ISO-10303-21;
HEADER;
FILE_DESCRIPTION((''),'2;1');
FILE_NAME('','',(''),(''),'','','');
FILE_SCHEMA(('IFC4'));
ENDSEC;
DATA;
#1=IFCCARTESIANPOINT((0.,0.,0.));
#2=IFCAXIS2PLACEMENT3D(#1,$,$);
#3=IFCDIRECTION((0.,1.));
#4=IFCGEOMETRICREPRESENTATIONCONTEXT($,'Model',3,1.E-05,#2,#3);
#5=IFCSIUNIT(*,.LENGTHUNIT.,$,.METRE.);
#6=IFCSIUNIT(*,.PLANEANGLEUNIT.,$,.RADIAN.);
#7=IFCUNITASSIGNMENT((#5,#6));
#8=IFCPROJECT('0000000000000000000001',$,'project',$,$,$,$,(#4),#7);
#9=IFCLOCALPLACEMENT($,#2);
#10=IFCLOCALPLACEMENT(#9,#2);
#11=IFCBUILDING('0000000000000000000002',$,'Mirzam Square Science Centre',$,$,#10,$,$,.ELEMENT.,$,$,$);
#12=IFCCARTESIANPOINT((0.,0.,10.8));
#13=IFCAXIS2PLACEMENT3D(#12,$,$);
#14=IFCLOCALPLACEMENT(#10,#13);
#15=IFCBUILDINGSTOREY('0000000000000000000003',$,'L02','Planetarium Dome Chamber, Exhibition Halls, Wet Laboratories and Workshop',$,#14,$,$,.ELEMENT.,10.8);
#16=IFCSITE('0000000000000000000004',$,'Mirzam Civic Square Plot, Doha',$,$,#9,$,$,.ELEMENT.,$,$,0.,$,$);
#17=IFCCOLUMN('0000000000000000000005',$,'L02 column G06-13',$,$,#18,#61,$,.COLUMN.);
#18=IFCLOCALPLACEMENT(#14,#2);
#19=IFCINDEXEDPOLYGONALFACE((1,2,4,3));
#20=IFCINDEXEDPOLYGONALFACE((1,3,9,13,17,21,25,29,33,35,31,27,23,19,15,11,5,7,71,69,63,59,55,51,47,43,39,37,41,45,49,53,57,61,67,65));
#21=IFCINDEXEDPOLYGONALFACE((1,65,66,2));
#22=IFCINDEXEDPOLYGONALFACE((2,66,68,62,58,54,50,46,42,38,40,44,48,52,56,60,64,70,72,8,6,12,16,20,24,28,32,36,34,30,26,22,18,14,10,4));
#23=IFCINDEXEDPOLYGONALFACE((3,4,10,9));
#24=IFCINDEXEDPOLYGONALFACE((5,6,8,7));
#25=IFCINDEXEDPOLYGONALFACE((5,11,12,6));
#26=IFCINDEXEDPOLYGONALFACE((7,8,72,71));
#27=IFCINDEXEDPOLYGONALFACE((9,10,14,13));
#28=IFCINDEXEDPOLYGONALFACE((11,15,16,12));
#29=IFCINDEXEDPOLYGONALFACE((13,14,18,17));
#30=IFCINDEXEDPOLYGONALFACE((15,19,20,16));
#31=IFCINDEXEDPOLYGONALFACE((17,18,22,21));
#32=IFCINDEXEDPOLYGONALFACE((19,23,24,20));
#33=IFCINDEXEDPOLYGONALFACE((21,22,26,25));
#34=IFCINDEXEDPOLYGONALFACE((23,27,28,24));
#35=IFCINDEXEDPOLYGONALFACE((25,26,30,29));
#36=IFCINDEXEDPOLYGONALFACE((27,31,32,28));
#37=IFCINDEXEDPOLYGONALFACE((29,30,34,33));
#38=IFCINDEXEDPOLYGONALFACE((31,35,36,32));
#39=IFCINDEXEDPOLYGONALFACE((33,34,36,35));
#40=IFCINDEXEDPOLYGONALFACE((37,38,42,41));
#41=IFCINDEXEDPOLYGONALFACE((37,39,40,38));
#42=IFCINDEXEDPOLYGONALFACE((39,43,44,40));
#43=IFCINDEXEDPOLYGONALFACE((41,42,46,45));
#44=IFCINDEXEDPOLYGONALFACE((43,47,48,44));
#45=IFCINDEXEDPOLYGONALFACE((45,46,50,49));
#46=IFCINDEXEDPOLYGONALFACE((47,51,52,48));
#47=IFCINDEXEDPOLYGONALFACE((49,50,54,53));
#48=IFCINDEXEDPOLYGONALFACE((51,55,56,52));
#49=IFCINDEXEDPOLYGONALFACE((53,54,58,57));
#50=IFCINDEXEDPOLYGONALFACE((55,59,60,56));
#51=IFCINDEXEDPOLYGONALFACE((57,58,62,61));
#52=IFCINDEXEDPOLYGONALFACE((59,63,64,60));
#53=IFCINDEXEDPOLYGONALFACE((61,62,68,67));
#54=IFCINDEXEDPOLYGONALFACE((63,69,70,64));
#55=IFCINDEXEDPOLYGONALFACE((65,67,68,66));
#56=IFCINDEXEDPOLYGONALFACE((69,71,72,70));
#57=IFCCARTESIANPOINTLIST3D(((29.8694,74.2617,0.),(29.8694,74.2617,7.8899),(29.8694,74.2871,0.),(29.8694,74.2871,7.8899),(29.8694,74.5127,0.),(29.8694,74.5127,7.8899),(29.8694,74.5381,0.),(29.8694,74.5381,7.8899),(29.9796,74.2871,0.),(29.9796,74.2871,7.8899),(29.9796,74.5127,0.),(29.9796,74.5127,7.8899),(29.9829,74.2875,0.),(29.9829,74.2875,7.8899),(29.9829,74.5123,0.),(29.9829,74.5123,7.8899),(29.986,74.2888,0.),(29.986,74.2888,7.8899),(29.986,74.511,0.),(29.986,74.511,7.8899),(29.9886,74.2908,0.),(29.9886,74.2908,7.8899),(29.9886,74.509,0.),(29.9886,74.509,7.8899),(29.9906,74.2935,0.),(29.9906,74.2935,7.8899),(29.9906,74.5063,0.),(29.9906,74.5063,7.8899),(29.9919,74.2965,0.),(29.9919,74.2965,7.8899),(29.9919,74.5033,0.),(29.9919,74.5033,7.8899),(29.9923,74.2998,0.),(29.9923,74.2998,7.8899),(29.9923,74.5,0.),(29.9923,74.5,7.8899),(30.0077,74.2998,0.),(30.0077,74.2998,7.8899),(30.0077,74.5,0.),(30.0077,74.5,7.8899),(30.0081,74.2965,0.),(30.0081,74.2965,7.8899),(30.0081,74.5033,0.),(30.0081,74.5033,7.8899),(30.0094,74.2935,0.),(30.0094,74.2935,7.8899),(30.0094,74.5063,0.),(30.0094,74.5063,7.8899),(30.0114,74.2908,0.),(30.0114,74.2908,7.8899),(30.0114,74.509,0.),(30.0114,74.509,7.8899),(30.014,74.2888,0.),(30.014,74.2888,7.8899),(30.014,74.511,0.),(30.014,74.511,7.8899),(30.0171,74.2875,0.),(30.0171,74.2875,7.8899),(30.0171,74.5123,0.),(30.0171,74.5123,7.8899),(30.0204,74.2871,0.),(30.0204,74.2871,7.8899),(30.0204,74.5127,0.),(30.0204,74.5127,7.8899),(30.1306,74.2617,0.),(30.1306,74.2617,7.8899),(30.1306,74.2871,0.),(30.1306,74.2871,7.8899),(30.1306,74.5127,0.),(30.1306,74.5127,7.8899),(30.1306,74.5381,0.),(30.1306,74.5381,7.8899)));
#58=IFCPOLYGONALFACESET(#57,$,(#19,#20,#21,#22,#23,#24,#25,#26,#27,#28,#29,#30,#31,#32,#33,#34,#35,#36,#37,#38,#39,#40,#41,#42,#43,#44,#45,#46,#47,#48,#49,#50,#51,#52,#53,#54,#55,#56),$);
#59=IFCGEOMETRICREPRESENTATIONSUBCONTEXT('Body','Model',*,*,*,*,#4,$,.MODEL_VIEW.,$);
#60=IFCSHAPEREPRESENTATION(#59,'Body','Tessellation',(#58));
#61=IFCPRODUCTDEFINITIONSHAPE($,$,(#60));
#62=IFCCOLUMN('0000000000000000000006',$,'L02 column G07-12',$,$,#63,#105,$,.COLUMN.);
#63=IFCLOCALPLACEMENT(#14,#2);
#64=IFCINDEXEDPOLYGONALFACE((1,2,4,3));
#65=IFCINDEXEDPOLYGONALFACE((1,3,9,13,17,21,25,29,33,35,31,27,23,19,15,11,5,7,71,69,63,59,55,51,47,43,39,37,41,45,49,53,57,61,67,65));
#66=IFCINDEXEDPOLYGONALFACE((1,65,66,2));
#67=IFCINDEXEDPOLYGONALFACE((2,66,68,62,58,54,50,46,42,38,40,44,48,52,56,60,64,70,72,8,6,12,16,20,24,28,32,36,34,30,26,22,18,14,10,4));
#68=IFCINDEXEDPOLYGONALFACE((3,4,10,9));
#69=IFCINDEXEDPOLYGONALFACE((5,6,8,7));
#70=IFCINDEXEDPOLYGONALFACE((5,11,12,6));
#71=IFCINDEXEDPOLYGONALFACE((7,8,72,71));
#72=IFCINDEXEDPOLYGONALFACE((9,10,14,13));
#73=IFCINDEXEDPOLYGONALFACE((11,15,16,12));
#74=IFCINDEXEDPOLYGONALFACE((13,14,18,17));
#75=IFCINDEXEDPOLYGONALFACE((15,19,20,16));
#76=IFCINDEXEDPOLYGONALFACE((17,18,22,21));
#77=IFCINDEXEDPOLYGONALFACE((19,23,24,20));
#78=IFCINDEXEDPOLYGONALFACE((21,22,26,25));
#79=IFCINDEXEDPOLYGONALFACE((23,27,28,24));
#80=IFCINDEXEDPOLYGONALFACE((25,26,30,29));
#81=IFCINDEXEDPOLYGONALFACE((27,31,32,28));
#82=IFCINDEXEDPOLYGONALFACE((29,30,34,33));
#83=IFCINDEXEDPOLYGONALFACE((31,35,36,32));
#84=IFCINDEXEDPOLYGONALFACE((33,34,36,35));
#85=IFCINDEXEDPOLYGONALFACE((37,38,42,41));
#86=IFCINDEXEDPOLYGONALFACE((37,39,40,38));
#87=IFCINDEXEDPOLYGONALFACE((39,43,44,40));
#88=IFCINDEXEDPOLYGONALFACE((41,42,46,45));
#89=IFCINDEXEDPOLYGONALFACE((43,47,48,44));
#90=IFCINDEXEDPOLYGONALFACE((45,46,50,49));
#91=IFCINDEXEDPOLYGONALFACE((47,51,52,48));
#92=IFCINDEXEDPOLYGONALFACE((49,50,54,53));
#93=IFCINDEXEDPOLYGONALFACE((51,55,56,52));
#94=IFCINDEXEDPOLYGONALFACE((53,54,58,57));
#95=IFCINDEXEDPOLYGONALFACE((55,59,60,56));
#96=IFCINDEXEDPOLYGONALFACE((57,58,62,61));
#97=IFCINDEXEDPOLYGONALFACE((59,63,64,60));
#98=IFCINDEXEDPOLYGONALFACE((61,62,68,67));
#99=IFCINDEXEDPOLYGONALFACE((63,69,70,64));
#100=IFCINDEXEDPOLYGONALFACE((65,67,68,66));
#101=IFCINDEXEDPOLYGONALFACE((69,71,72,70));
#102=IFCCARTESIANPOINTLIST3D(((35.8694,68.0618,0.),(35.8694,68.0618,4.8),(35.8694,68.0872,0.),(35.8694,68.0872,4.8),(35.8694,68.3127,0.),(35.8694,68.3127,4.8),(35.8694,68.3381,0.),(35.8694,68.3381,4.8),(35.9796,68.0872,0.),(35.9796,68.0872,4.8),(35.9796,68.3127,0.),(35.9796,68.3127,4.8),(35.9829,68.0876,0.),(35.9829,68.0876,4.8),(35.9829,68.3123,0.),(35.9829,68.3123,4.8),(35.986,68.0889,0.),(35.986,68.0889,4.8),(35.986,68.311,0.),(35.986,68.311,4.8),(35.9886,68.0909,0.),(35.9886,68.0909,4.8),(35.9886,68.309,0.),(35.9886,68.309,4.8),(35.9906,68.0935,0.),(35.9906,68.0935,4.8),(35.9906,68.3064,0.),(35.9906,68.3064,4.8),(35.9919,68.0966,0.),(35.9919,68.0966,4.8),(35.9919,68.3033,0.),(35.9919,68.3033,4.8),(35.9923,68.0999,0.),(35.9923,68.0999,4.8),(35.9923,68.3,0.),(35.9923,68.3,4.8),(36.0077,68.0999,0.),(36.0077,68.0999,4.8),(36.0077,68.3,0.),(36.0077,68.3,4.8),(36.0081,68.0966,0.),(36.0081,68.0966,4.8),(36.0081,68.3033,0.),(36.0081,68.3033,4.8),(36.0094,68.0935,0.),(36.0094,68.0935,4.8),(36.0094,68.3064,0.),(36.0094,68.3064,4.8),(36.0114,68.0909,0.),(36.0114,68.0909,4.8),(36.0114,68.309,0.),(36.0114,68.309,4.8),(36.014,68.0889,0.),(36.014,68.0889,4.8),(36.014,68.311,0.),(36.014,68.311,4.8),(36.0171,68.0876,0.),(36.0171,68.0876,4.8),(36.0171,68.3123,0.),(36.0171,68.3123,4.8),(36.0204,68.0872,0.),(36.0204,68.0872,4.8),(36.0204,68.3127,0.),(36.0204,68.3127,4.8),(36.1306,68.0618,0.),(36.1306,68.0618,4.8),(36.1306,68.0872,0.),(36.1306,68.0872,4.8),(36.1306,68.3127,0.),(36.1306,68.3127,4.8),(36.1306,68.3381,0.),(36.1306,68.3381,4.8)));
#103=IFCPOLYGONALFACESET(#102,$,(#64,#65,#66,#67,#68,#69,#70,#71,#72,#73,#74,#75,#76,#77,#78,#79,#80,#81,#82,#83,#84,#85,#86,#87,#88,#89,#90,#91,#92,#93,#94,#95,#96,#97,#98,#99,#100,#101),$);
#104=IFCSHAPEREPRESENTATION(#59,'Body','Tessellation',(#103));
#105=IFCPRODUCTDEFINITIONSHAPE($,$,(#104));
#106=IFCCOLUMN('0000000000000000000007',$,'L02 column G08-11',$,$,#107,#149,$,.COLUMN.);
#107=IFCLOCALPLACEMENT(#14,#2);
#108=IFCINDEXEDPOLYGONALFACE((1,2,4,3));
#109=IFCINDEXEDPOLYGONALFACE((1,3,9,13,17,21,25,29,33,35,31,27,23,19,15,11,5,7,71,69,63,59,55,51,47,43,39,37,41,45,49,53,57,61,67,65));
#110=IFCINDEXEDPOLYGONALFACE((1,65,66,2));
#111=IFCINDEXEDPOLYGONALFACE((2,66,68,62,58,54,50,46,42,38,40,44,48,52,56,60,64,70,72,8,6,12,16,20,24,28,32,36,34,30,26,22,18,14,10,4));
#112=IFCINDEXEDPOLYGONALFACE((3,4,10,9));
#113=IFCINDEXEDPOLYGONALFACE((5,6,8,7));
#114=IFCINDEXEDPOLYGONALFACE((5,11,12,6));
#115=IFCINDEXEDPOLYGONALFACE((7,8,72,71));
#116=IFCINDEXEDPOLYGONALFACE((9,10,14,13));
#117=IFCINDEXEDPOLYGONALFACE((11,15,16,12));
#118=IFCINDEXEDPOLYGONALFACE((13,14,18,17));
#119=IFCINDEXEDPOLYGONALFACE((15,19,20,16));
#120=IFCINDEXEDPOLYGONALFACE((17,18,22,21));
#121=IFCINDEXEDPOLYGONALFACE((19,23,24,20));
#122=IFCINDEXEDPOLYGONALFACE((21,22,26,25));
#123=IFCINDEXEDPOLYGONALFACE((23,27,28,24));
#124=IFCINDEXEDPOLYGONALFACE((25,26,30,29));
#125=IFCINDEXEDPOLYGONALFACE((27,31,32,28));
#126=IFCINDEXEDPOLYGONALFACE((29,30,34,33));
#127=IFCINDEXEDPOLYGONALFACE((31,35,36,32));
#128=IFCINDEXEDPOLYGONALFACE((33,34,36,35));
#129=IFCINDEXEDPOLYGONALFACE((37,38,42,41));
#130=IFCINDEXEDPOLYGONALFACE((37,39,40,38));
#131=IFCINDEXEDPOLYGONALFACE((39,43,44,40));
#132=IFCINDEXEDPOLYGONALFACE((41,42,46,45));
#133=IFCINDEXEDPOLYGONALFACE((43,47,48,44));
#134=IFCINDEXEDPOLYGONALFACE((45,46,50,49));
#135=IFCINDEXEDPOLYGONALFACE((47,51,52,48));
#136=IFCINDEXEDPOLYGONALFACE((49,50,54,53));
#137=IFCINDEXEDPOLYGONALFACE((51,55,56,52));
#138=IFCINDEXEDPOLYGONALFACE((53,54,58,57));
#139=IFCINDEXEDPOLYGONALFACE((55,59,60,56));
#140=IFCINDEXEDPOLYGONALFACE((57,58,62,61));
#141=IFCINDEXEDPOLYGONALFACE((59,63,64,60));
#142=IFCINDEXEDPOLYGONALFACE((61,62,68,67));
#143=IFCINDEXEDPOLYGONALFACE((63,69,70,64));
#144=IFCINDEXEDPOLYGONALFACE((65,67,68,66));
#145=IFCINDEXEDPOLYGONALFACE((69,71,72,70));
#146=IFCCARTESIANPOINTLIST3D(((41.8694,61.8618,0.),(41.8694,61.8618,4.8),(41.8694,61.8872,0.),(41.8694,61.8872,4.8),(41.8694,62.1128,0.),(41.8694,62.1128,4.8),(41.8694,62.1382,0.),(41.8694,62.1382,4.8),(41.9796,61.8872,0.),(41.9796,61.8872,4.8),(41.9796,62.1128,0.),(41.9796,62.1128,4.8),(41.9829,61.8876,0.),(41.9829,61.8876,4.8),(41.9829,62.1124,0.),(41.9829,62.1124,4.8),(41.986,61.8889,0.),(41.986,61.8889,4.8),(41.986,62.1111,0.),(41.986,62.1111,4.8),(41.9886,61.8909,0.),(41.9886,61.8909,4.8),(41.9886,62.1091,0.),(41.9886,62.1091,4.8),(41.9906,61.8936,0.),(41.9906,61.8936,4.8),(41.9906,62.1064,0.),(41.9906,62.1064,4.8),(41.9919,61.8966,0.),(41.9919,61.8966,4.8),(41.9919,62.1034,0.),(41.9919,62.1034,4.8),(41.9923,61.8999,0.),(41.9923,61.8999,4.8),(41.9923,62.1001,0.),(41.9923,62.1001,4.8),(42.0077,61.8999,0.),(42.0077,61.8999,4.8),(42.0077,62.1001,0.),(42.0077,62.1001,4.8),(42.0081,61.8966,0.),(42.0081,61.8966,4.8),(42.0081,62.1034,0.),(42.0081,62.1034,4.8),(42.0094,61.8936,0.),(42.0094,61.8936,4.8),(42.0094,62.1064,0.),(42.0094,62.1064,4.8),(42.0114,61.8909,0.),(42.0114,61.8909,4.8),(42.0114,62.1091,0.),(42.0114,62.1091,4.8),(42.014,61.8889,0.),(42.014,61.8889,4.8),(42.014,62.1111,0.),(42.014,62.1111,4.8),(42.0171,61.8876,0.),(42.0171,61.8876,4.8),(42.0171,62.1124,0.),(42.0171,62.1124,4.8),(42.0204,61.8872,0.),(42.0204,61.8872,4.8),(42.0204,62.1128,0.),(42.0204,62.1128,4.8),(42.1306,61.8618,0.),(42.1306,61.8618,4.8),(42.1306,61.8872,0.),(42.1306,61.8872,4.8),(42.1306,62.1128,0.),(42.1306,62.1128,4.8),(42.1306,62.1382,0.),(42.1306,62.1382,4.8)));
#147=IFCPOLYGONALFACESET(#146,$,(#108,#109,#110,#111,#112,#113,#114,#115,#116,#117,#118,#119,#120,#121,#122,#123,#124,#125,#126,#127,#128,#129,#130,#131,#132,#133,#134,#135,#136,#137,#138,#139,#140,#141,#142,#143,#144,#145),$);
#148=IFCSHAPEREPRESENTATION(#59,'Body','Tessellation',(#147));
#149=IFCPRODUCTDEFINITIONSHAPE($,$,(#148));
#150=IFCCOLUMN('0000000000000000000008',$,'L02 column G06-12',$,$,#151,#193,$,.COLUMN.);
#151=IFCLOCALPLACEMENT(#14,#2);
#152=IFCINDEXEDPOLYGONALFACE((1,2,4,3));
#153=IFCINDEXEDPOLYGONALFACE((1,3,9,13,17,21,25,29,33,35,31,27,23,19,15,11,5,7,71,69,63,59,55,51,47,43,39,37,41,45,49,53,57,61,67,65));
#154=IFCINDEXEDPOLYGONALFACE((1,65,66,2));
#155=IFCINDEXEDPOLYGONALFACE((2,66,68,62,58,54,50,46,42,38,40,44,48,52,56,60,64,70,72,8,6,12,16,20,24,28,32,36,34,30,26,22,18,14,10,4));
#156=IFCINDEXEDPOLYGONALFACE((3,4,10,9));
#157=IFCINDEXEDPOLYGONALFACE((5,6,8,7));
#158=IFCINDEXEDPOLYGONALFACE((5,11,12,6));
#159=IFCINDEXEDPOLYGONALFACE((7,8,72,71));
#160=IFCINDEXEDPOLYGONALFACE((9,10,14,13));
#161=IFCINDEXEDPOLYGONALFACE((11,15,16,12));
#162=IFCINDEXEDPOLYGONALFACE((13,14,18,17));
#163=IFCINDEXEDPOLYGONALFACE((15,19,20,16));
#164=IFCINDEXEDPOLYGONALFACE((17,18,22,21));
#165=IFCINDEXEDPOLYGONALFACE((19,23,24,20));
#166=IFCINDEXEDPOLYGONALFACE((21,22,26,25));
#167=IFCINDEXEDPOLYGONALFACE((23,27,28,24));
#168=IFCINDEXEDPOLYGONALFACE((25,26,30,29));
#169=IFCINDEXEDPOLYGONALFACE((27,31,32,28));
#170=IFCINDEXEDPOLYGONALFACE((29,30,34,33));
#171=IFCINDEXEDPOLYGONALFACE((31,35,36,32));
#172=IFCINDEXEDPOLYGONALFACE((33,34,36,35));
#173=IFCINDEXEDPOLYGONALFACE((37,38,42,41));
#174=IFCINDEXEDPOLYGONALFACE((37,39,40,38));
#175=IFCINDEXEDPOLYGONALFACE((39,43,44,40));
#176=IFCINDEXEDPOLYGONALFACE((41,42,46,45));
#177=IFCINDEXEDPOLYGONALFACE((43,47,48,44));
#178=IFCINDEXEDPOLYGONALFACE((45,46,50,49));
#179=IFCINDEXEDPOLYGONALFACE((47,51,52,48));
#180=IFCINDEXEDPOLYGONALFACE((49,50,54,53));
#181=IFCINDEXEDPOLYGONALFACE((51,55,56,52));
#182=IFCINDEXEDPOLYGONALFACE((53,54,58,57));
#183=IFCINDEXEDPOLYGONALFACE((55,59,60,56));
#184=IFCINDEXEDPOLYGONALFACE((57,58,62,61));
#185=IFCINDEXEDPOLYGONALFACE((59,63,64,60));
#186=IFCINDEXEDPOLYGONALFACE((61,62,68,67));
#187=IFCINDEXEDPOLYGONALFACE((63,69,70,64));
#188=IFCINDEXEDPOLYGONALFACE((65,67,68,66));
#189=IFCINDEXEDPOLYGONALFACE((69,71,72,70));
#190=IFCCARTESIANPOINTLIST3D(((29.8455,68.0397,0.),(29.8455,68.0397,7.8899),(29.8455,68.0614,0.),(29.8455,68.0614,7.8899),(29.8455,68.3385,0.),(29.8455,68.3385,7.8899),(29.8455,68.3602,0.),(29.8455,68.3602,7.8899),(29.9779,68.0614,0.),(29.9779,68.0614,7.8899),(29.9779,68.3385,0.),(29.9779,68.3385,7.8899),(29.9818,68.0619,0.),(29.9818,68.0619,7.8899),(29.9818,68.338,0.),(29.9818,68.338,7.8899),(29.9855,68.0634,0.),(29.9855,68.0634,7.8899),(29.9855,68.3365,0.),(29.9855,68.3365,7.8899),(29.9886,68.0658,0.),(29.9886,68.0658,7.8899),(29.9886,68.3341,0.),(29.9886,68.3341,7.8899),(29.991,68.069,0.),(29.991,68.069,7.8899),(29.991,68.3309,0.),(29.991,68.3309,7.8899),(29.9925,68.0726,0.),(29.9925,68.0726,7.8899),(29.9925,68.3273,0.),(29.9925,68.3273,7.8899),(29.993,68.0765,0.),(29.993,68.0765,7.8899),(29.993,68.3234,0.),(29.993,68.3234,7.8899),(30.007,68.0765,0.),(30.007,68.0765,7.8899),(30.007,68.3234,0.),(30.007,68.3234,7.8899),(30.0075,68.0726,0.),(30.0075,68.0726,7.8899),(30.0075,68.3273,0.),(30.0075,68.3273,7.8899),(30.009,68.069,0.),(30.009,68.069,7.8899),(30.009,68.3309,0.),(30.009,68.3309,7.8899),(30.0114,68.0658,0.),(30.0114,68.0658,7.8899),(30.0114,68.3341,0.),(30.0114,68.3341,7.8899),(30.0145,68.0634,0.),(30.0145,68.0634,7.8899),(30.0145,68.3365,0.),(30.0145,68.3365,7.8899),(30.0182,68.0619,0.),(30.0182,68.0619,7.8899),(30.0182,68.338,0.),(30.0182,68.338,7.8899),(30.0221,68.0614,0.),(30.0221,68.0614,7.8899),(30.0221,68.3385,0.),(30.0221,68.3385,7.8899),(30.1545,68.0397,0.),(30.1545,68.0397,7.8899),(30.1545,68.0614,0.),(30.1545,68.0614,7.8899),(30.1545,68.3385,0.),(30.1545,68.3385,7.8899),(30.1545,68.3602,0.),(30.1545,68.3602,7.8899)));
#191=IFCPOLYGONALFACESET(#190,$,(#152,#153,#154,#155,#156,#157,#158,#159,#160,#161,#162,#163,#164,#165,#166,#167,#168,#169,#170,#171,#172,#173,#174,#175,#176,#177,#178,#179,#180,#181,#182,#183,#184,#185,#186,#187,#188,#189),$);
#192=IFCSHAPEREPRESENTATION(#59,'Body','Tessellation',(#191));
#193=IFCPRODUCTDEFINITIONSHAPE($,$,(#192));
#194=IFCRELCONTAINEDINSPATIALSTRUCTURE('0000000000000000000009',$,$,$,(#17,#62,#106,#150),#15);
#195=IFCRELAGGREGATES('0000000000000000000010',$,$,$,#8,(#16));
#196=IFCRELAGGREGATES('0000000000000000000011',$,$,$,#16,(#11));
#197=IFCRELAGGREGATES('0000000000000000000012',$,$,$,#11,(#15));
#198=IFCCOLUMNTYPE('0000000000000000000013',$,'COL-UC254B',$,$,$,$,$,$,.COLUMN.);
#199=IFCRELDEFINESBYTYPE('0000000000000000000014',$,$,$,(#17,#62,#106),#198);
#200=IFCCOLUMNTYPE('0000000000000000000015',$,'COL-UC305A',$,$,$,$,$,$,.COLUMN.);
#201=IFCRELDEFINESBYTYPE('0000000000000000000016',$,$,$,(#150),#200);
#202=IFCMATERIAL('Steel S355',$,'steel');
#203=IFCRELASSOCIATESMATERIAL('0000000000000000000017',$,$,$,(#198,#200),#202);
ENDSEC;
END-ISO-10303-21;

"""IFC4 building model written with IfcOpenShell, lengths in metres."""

from ifc_helpers import new_model, si_unit, direction, frame, origin, origin_2d, place, context, subcontext, project, spatial, i_section, extrude, material, material_profile, profile_set, type_object, element, save


model = new_model("IFC4")

# Units and contexts
model_context = context("Model", 3, precision=1e-05, world=origin(), true_north=direction((0.0, 1.0)))
body_context = subcontext(model_context, "Body", "Model", "MODEL_VIEW")
ifc_project = project(units=[si_unit("LENGTHUNIT", "METRE"), si_unit("PLANEANGLEUNIT", "RADIAN")], contexts=[model_context])

# Site, building, storey
site_placement = place(None, origin())
site = spatial("IfcSite", under=ifc_project, at=site_placement, Name="Mirzam Civic Square Plot, Doha", CompositionType="ELEMENT", RefElevation=0.0)
building_placement = place(site_placement, origin())
building = spatial("IfcBuilding", under=site, at=building_placement, Name="Mirzam Square Science Centre", CompositionType="ELEMENT")
storey_placement = place(building_placement, frame((0.0, 0.0, 10.8)))
storey = spatial("IfcBuildingStorey", under=building, at=storey_placement, Name="L02", Description="Planetarium Dome Chamber, Exhibition Halls, Wet Laboratories and Workshop", CompositionType="ELEMENT", Elevation=10.8)

# Columns
ifc_material_1 = material(Name="Steel S355", Category="steel")
ifc_material_profile_1 = material_profile(ifc_material_1, i_section(OverallWidth=0.2612, OverallDepth=0.2764, WebThickness=0.0154, FlangeThickness=0.0254, FilletRadius=0.0127, at=origin_2d()), Name="254x254x132UC")
ifc_profile_set_1 = profile_set([ifc_material_profile_1], Name="Steel S355")
column_type_1 = type_object("IfcColumnType", Name="COL-UC254B", PredefinedType="COLUMN", material=ifc_profile_set_1)
column_1_placement = place(storey_placement, frame((30.0, 74.3999, 0.0), z_axis=(0.0, 0.0, 1.0), x_axis=(1.0, 0.0, 0.0)))
element("IfcColumn", 1, at=column_1_placement, inside=storey, type_object=column_type_1, Name="L02 column G06-13", PredefinedType="COLUMN", context=body_context, shape_type="SweptSolid", body=[
    extrude(i_section(OverallWidth=0.2612, OverallDepth=0.2764, WebThickness=0.0154, FlangeThickness=0.0254, FilletRadius=0.0127, at=origin_2d()), origin(), (0.0, 0.0, 1.0), 7.8899),
])
for number, where, z_axis, x_axis, name in (
    (2, (36.0, 68.2, 0.0), (0.0, 0.0, 1.0), (1.0, 0.0, 0.0), "L02 column G07-12"),
    (3, (42.0, 62.0, 0.0), (0.0, 0.0, 1.0), (1.0, 0.0, 0.0), "L02 column G08-11"),
):
    element("IfcColumn", number, at=place(storey_placement, frame(where, z_axis=z_axis, x_axis=x_axis)), inside=storey, type_object=column_type_1, Name=name, PredefinedType="COLUMN", context=body_context, shape_type="SweptSolid", body=[
        extrude(i_section(OverallWidth=0.2612, OverallDepth=0.2764, WebThickness=0.0154, FlangeThickness=0.0254, FilletRadius=0.0127, at=origin_2d()), origin(), (0.0, 0.0, 1.0), 4.8),
    ])
ifc_material_profile_2 = material_profile(ifc_material_1, i_section(OverallWidth=0.3091, OverallDepth=0.3206, WebThickness=0.0139, FlangeThickness=0.0217, FilletRadius=0.0151, at=origin_2d()), Name="305x305x137UC")
ifc_profile_set_2 = profile_set([ifc_material_profile_2], Name="Steel S355")
column_type_2 = type_object("IfcColumnType", Name="COL-UC305A", PredefinedType="COLUMN", material=ifc_profile_set_2)
column_2_placement = place(storey_placement, frame((30.0, 68.2, 0.0), z_axis=(0.0, 0.0, 1.0), x_axis=(1.0, 0.0, 0.0)))
element("IfcColumn", 4, at=column_2_placement, inside=storey, type_object=column_type_2, Name="L02 column G06-12", PredefinedType="COLUMN", context=body_context, shape_type="SweptSolid", body=[
    extrude(i_section(OverallWidth=0.3091, OverallDepth=0.3206, WebThickness=0.0139, FlangeThickness=0.0217, FilletRadius=0.0151, at=origin_2d()), origin(), (0.0, 0.0, 1.0), 7.8899),
])

save(model, "model.ifc")
